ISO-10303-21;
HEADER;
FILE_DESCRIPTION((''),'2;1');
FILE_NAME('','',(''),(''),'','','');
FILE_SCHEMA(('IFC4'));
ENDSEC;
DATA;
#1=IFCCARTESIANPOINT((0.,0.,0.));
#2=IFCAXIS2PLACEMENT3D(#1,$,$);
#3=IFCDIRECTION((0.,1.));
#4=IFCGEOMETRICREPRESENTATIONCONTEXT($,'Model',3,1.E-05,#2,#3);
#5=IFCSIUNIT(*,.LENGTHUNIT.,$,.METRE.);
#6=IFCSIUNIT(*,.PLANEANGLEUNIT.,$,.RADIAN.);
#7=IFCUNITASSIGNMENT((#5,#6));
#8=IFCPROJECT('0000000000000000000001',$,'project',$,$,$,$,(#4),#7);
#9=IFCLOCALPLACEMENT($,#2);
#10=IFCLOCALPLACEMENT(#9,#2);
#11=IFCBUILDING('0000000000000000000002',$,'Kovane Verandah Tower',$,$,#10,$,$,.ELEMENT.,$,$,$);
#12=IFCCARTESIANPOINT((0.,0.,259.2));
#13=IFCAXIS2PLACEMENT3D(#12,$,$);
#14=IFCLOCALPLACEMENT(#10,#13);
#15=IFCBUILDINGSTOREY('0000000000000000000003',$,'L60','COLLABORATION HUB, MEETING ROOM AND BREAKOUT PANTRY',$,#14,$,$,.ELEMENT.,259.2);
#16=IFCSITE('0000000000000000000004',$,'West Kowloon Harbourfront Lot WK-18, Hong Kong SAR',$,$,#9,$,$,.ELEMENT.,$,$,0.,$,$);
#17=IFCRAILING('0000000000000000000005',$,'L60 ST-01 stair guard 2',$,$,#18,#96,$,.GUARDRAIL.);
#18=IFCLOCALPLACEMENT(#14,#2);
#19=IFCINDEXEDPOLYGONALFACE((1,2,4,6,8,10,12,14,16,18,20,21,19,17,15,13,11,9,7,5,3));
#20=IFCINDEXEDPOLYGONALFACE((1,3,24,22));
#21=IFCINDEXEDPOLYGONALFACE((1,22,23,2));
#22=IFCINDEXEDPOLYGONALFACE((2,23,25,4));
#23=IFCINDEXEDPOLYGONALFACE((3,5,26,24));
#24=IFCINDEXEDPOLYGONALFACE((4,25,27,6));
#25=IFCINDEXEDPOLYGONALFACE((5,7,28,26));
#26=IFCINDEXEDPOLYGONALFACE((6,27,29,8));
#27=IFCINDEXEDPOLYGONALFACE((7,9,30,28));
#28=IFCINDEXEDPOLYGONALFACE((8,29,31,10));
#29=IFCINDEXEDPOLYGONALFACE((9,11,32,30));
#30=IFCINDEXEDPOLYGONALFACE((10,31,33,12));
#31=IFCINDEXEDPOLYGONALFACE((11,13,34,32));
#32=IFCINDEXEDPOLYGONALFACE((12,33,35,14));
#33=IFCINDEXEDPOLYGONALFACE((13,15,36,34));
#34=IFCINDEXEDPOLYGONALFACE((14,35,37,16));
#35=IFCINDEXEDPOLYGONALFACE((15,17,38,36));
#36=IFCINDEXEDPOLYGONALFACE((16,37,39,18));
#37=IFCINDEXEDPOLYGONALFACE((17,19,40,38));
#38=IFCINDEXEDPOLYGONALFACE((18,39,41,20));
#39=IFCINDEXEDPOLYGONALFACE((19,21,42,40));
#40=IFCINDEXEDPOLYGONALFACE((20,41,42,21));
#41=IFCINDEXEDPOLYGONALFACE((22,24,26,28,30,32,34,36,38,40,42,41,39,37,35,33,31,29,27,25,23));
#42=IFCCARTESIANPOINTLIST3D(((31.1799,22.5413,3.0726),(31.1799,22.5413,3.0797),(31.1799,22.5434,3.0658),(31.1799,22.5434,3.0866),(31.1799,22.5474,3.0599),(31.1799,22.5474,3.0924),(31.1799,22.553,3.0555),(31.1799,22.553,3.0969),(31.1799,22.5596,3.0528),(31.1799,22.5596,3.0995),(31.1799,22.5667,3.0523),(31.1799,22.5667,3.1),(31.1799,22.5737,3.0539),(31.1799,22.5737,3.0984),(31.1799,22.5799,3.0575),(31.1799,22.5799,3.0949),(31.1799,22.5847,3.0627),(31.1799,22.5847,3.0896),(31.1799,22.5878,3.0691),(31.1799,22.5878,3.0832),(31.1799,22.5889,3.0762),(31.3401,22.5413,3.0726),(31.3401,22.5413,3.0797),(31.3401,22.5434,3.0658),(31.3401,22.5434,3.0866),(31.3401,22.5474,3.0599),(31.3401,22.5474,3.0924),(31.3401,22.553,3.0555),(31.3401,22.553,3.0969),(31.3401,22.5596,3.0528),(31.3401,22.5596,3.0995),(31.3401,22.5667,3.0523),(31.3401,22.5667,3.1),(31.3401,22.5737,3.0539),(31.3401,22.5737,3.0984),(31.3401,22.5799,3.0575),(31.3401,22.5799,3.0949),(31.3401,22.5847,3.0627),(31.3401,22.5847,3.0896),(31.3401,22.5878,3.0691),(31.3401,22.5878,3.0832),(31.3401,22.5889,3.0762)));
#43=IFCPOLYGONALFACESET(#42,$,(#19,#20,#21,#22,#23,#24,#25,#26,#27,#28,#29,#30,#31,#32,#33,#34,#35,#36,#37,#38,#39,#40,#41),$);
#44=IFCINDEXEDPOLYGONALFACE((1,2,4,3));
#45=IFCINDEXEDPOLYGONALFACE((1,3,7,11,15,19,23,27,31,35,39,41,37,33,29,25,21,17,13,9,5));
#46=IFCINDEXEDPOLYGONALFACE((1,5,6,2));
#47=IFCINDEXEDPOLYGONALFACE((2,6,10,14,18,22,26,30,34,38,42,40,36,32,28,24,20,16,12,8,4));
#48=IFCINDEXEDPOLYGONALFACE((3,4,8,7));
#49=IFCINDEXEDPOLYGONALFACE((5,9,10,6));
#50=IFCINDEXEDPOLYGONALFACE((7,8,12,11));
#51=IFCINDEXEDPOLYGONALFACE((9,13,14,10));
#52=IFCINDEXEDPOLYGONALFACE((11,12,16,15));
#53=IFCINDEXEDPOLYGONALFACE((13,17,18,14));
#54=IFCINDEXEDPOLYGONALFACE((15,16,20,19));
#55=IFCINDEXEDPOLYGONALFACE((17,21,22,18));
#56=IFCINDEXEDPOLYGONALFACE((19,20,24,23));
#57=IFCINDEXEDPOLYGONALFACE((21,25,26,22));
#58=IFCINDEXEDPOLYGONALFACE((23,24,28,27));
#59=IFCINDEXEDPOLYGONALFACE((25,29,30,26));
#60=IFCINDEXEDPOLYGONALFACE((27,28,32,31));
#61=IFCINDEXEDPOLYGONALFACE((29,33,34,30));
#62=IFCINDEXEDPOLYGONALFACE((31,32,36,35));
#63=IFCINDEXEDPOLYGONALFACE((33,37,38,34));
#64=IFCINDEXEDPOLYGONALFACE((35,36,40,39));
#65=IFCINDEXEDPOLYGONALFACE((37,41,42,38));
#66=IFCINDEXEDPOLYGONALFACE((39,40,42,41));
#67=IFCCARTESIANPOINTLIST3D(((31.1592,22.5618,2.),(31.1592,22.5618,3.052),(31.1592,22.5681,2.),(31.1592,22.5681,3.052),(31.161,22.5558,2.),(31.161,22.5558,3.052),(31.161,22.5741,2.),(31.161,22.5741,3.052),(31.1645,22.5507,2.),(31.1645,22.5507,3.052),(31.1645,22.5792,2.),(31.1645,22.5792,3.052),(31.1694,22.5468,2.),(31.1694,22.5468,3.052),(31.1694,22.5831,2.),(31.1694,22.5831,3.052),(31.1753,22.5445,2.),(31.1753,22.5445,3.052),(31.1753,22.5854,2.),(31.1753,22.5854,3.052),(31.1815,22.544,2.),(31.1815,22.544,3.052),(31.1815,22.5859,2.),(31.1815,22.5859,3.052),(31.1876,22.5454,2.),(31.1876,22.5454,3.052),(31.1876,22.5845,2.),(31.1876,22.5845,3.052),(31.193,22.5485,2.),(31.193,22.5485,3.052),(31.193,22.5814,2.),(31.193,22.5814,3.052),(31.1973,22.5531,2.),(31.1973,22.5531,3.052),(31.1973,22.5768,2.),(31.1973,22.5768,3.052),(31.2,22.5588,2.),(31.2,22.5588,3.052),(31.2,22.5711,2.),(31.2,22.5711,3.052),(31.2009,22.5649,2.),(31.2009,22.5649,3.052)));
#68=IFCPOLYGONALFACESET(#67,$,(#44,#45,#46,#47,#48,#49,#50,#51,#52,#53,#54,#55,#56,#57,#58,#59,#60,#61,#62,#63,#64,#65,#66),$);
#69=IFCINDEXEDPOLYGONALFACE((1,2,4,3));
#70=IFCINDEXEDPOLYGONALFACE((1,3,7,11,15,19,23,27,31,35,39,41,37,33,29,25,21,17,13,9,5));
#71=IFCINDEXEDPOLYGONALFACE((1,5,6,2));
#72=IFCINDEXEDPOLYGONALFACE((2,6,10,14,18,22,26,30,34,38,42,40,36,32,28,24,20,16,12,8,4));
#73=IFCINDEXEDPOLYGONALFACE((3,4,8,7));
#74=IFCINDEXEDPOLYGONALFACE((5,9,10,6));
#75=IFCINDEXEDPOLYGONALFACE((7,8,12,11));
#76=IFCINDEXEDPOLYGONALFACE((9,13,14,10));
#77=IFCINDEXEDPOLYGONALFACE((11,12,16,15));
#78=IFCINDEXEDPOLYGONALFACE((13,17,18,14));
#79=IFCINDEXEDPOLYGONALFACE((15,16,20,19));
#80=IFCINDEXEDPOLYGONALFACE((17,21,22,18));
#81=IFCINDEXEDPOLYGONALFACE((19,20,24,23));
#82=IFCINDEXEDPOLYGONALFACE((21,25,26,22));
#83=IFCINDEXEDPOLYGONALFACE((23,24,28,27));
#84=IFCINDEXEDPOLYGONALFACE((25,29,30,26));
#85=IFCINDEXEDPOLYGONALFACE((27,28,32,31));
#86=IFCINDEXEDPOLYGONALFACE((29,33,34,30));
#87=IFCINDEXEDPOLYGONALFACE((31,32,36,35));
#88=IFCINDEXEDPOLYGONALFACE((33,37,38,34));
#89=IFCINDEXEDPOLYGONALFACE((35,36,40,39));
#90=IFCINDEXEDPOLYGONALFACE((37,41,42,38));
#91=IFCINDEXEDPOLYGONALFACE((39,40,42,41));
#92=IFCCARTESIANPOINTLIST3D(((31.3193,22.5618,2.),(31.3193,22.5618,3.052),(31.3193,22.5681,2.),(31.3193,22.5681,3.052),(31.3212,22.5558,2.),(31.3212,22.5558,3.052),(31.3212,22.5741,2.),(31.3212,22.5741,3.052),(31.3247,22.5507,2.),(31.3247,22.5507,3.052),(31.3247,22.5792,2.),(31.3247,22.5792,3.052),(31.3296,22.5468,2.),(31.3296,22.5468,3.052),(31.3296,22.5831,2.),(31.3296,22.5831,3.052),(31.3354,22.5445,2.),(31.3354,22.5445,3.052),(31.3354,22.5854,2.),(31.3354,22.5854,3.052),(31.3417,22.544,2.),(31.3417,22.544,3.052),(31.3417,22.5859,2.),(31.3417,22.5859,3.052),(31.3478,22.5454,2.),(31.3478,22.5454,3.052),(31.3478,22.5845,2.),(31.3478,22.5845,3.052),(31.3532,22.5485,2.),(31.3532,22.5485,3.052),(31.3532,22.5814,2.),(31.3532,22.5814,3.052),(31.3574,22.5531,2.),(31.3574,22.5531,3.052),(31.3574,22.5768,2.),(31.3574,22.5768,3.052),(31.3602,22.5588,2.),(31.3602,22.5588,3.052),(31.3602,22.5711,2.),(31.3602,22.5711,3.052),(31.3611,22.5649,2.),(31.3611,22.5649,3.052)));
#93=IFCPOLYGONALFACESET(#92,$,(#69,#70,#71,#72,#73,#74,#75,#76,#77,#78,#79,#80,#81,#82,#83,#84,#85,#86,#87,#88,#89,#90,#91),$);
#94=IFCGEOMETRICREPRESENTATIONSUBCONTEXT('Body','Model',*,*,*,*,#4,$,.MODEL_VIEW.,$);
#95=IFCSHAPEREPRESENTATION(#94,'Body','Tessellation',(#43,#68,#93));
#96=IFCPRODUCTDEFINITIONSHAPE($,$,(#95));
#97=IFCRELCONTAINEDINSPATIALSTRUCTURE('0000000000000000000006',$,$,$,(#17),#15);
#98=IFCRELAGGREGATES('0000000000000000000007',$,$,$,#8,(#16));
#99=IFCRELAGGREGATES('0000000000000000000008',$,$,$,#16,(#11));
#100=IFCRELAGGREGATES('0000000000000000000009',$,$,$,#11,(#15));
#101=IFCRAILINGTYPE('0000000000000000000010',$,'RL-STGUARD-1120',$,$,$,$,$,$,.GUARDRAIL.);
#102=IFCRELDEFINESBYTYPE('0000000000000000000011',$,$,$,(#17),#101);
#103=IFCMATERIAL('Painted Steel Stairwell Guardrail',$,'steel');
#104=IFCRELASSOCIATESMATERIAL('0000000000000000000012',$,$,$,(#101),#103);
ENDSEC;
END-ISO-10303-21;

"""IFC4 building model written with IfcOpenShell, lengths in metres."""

from ifc_helpers import new_model, si_unit, direction, frame, origin, origin_2d, place, context, subcontext, project, spatial, circle, extrude, material, type_object, element, save


model = new_model("IFC4")

# Units and contexts
model_context = context("Model", 3, precision=1e-05, world=origin(), true_north=direction((0.0, 1.0)))
body_context = subcontext(model_context, "Body", "Model", "MODEL_VIEW")
ifc_project = project(units=[si_unit("LENGTHUNIT", "METRE"), si_unit("PLANEANGLEUNIT", "RADIAN")], contexts=[model_context])

# Site, building, storey
site_placement = place(None, origin())
site = spatial("IfcSite", under=ifc_project, at=site_placement, Name="West Kowloon Harbourfront Lot WK-18, Hong Kong SAR", CompositionType="ELEMENT", RefElevation=0.0)
building_placement = place(site_placement, origin())
building = spatial("IfcBuilding", under=site, at=building_placement, Name="Kovane Verandah Tower", CompositionType="ELEMENT")
storey_placement = place(building_placement, frame((0.0, 0.0, 259.2)))
storey = spatial("IfcBuildingStorey", under=building, at=storey_placement, Name="L60", Description="COLLABORATION HUB, MEETING ROOM AND BREAKOUT PANTRY", CompositionType="ELEMENT", Elevation=259.2)

# Railing
ifc_material_1 = material(Name="Painted Steel Stairwell Guardrail", Category="steel")
railing_type_1 = type_object("IfcRailingType", Name="RL-STGUARD-1120", PredefinedType="GUARDRAIL", material=ifc_material_1)
railing_1_placement = place(storey_placement, frame((31.1799, 22.5649, 2.0)))
element("IfcRailing", 1, at=railing_1_placement, inside=storey, type_object=railing_type_1, Name="L60 ST-01 stair guard 2", PredefinedType="GUARDRAIL", context=body_context, shape_type="SweptSolid", body=[
    extrude(circle(Radius=0.0239, at=origin_2d()), frame((0.0, 0.0, 1.0762), z_axis=(1.0, 0.0, 0.0), x_axis=(0.0, 1.0, 0.0)), (0.0, 0.0, 1.0), 0.1602),
    extrude(circle(Radius=0.021, at=origin_2d()), origin(), (0.0, 0.0, 1.0), 1.052),
    extrude(circle(Radius=0.021, at=origin_2d()), frame((0.1602, 0.0, 0.0)), (0.0, 0.0, 1.0), 1.052),
])

save(model, "model.ifc")
